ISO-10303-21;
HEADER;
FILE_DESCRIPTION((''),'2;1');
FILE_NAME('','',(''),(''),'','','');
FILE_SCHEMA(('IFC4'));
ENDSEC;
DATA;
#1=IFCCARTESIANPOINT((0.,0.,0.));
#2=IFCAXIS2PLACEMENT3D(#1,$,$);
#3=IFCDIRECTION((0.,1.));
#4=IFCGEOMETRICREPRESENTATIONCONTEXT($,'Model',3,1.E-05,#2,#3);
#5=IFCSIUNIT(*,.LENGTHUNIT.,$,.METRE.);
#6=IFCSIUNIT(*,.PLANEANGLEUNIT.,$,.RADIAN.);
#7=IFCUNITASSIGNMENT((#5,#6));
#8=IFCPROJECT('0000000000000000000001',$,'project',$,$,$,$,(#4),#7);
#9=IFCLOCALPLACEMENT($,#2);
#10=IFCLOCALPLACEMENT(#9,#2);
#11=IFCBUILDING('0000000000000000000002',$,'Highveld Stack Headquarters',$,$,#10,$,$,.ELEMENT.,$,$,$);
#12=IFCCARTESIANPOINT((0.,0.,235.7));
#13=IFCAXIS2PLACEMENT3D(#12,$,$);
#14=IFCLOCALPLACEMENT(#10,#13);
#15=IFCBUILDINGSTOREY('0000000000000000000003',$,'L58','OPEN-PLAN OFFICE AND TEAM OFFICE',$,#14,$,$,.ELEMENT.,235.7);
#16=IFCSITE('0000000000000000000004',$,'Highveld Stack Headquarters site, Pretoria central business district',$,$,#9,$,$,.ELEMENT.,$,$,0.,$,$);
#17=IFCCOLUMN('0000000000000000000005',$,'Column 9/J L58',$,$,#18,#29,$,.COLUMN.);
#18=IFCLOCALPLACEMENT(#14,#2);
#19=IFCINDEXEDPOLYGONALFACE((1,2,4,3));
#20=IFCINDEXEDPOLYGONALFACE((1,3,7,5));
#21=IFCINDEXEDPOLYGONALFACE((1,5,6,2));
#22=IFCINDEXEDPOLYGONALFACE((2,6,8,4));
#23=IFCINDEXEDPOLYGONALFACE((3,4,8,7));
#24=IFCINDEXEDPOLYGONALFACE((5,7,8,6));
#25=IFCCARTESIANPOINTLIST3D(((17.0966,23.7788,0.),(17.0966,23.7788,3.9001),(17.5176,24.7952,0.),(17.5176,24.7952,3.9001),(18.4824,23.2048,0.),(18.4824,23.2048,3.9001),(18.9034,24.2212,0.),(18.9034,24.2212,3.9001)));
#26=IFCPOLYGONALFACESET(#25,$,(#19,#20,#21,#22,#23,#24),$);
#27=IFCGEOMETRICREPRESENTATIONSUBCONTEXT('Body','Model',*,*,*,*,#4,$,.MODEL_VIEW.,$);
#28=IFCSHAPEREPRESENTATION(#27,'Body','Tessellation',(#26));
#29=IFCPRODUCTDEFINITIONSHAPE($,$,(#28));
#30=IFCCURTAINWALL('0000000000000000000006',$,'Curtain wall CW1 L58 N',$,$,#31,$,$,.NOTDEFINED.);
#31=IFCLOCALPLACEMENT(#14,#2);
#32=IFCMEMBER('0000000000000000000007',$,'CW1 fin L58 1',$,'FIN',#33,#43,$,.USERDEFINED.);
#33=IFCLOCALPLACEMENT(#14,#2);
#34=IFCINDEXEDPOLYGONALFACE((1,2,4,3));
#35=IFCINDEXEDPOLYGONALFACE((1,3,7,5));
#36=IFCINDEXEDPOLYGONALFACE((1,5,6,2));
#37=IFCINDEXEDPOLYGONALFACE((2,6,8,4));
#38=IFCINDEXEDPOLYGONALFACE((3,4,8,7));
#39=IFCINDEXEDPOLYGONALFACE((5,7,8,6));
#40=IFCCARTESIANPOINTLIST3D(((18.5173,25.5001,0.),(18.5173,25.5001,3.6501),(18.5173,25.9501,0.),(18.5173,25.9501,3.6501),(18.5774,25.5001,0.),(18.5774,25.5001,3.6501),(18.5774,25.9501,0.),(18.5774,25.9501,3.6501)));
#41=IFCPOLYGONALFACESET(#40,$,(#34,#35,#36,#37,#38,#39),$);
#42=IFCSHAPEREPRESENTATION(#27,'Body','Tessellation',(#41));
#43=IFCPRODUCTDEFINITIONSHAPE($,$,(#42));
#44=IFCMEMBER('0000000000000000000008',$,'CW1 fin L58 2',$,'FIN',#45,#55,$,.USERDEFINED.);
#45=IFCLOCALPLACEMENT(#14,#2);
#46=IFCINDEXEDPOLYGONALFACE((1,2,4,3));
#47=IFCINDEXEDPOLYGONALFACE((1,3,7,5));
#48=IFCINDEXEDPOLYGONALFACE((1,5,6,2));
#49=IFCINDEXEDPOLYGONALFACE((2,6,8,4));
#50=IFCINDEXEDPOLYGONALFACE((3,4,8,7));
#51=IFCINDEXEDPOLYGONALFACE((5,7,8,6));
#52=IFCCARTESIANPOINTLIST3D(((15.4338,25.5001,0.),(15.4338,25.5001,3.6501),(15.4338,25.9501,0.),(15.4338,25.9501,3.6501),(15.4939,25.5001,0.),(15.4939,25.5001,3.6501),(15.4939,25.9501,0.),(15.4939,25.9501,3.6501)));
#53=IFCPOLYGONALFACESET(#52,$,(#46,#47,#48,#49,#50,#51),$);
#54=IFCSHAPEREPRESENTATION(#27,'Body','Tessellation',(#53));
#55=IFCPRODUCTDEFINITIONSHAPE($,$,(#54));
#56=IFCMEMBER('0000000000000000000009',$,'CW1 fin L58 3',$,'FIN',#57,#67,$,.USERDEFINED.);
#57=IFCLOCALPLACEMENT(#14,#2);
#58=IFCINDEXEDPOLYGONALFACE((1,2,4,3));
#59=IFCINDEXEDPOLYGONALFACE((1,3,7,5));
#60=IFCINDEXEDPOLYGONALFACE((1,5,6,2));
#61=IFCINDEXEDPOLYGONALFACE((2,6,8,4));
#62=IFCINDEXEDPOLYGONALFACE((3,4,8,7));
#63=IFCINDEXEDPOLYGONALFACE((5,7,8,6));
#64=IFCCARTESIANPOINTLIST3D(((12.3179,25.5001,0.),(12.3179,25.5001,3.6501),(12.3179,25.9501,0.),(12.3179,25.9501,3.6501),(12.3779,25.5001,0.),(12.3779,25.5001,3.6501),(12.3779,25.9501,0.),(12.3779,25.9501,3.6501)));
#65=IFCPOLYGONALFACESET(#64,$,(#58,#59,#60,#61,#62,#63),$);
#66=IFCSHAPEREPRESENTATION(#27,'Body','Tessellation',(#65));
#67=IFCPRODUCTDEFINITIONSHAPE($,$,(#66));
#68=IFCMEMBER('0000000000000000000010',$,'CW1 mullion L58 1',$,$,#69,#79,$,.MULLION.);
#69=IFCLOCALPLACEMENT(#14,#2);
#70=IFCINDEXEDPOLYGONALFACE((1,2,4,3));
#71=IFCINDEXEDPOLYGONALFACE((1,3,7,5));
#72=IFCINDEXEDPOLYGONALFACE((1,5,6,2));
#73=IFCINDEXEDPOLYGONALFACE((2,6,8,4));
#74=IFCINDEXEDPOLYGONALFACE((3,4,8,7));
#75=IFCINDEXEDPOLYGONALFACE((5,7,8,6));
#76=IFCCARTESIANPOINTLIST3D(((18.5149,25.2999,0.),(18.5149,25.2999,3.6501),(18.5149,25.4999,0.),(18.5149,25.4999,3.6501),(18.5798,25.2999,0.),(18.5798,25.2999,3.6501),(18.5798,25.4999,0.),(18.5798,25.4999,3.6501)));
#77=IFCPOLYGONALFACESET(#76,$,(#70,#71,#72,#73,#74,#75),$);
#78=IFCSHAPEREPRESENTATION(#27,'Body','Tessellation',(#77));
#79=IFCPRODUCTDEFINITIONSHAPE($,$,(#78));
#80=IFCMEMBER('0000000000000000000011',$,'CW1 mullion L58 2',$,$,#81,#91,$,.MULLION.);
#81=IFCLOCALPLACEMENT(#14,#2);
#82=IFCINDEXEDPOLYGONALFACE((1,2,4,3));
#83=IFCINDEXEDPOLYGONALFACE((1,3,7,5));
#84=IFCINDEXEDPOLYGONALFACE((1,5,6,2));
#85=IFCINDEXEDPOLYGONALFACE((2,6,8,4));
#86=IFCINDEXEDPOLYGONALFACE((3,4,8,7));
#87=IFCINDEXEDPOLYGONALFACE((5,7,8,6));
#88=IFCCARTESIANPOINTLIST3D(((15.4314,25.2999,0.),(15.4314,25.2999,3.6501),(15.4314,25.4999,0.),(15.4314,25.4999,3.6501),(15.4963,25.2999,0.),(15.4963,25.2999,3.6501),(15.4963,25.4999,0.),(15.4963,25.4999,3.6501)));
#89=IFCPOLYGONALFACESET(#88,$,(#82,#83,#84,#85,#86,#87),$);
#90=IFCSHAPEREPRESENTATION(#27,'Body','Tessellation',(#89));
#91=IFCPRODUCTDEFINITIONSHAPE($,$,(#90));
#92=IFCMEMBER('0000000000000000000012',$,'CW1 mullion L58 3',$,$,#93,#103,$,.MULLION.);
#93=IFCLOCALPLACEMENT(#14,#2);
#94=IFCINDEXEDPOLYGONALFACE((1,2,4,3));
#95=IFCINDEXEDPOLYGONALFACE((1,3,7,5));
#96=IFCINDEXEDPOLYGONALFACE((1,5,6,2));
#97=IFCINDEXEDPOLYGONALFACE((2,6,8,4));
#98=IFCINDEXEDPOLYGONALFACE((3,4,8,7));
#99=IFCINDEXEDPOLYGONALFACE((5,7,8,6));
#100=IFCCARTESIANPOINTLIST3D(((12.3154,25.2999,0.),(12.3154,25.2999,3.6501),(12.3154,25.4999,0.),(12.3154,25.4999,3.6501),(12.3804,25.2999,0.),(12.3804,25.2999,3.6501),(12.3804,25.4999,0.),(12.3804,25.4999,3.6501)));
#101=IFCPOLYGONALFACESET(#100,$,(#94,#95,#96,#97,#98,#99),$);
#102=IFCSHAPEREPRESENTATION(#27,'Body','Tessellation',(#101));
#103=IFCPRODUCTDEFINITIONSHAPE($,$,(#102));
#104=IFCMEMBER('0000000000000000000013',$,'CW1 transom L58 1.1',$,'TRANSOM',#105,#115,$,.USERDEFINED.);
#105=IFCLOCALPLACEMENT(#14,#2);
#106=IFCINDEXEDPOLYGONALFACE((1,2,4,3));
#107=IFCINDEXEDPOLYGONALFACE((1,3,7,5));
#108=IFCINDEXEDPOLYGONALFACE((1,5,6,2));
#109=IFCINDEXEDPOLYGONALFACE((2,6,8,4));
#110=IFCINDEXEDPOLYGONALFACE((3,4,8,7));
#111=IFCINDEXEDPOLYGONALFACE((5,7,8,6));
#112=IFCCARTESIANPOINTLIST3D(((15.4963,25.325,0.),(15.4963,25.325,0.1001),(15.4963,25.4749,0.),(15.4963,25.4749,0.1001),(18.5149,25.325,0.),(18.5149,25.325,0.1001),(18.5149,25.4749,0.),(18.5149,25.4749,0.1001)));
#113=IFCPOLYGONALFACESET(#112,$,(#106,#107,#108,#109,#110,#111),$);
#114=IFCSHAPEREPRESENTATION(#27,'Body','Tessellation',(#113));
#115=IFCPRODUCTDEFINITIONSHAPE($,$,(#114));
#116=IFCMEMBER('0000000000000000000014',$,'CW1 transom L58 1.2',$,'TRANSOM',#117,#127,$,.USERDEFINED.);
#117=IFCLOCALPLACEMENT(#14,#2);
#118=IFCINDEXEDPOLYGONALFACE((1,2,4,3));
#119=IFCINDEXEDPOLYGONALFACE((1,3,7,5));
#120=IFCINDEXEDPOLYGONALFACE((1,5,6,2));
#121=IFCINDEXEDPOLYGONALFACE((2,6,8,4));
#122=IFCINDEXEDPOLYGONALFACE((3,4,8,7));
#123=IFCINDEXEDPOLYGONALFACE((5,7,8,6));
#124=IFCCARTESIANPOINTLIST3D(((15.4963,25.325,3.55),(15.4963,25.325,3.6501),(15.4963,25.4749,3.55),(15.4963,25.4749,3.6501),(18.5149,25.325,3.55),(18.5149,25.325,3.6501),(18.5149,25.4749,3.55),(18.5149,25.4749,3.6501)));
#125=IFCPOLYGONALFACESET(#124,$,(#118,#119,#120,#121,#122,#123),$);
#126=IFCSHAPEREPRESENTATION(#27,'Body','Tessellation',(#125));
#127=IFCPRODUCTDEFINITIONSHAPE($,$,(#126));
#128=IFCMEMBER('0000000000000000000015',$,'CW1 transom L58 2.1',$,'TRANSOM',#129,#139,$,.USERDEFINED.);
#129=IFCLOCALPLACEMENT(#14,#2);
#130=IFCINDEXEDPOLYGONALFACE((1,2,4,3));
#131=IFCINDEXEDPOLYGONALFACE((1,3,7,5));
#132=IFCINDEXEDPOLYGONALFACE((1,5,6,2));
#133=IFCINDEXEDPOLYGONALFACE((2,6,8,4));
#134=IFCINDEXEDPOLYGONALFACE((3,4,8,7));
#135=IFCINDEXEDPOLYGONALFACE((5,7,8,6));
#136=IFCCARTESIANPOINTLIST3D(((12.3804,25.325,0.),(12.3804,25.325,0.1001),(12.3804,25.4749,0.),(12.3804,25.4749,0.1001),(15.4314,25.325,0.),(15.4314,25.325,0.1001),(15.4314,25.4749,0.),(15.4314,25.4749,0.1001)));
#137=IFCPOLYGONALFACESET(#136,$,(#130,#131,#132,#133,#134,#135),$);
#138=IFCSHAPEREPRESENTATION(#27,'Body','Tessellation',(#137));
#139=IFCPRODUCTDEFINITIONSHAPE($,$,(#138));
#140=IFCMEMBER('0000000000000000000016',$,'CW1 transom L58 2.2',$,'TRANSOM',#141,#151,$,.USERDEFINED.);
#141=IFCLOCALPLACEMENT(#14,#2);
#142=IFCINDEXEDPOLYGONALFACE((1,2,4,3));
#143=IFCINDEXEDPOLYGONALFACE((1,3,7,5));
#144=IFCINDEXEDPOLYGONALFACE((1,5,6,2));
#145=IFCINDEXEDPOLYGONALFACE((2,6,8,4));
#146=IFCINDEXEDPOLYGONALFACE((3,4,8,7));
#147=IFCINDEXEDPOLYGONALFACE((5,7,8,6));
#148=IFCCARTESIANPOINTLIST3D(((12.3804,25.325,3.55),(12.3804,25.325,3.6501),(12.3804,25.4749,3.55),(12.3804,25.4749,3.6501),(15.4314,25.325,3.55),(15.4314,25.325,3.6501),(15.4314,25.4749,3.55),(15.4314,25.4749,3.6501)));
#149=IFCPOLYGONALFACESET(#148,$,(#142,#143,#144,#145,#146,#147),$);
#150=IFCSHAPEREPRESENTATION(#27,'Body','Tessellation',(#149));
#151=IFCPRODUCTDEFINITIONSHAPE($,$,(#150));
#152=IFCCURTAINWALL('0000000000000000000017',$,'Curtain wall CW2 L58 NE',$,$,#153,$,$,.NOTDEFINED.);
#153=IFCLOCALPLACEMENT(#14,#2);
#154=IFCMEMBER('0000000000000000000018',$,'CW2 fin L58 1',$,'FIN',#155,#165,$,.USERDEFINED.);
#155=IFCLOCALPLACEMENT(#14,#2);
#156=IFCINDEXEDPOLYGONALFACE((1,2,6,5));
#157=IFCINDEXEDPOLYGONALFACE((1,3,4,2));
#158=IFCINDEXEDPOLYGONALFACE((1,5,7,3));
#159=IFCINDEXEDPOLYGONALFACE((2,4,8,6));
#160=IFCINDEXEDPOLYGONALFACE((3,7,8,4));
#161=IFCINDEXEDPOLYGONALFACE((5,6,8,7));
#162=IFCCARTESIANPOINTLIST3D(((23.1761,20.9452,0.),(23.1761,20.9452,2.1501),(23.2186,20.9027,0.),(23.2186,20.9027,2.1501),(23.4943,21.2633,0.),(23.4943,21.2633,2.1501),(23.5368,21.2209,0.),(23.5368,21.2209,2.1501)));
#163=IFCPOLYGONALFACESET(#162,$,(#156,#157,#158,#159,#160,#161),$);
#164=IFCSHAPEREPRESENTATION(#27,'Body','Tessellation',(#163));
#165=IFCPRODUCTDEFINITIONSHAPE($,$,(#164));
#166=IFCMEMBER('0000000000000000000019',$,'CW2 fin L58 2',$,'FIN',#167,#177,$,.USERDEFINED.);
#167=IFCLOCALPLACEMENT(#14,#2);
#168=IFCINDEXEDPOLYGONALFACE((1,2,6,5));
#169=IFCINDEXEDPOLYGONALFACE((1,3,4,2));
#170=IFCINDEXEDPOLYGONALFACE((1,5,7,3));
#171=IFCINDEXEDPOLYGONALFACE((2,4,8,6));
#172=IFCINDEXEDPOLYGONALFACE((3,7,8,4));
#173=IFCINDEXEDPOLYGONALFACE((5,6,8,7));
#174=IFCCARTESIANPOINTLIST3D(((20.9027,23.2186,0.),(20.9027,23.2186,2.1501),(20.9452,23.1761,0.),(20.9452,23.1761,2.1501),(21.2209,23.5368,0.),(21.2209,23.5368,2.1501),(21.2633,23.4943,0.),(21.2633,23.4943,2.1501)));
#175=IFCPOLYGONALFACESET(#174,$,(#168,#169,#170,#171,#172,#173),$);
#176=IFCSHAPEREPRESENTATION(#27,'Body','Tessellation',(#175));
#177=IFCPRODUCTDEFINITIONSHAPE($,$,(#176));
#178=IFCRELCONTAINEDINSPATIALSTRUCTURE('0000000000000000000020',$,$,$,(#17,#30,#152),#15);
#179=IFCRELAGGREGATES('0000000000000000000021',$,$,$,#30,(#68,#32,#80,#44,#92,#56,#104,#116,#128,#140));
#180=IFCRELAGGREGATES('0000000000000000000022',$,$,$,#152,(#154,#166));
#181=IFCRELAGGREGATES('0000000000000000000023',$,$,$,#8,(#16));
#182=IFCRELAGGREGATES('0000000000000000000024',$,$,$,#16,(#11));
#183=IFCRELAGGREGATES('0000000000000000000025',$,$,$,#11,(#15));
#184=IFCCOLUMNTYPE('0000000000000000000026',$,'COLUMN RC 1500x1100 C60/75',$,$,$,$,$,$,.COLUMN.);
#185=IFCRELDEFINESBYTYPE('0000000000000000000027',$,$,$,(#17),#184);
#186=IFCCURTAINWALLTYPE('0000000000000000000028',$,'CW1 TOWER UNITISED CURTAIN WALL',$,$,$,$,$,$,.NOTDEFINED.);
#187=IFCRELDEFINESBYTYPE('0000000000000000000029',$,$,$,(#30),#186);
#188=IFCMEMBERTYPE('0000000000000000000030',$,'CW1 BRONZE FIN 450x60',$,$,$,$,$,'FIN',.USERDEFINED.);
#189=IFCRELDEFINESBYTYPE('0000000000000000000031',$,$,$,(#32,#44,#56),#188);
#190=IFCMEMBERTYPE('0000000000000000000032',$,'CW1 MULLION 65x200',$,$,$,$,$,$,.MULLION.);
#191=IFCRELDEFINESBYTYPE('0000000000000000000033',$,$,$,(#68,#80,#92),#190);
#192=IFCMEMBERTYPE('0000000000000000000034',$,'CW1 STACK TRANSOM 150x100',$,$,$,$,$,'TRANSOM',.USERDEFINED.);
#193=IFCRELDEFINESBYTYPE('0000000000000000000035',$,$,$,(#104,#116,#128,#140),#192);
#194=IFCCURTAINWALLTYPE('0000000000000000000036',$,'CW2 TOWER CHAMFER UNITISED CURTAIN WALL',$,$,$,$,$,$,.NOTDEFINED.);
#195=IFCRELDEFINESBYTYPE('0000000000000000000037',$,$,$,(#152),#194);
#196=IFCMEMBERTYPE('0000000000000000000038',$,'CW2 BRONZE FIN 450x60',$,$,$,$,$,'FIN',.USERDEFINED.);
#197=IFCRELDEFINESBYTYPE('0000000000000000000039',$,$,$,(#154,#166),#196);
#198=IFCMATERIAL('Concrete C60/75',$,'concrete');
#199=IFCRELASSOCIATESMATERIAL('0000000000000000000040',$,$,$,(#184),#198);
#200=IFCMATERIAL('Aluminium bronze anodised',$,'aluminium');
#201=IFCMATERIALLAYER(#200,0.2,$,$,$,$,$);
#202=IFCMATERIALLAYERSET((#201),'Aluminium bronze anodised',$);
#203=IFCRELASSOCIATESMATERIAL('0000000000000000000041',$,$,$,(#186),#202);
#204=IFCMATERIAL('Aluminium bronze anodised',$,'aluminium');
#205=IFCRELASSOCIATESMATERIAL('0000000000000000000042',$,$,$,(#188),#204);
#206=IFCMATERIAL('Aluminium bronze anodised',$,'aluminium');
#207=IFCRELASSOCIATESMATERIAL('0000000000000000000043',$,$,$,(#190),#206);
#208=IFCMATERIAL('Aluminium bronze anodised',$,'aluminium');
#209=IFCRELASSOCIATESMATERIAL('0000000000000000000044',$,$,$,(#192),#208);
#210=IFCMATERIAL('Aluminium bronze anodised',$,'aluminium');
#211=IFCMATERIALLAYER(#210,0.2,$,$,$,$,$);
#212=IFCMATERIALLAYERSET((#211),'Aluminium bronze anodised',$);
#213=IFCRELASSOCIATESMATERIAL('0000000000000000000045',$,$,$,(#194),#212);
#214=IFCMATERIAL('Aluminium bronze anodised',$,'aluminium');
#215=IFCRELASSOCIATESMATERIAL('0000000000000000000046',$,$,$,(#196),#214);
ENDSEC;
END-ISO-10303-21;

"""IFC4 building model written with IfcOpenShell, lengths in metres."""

from ifc_helpers import new_model, si_unit, direction, frame, origin, origin_2d, place, context, subcontext, project, spatial, rectangle, extrude, material, layer, layer_set, material_profile, profile_set, type_object, element, aggregate, save


model = new_model("IFC4")

# Units and contexts
model_context = context("Model", 3, precision=1e-05, world=origin(), true_north=direction((0.0, 1.0)))
body_context = subcontext(model_context, "Body", "Model", "MODEL_VIEW")
ifc_project = project(units=[si_unit("LENGTHUNIT", "METRE"), si_unit("PLANEANGLEUNIT", "RADIAN")], contexts=[model_context])

# Site, building, storey
site_placement = place(None, origin())
site = spatial("IfcSite", under=ifc_project, at=site_placement, Name="Highveld Stack Headquarters site, Pretoria central business district", CompositionType="ELEMENT", RefElevation=0.0)
building_placement = place(site_placement, origin())
building = spatial("IfcBuilding", under=site, at=building_placement, Name="Highveld Stack Headquarters", CompositionType="ELEMENT")
storey_placement = place(building_placement, frame((0.0, 0.0, 235.7)))
storey = spatial("IfcBuildingStorey", under=building, at=storey_placement, Name="L58", Description="OPEN-PLAN OFFICE AND TEAM OFFICE", CompositionType="ELEMENT", Elevation=235.7)

# Column
ifc_material_1 = material(Name="Concrete C60/75", Category="concrete")
ifc_material_profile_1 = material_profile(ifc_material_1, rectangle(XDim=1.5, YDim=1.1001, at=origin_2d()), Name="RC 1500x1100")
ifc_profile_set_1 = profile_set([ifc_material_profile_1], Name="Concrete C60/75")
column_type = type_object("IfcColumnType", Name="COLUMN RC 1500x1100 C60/75", PredefinedType="COLUMN", material=ifc_profile_set_1)
column_placement = place(storey_placement, frame((18.0, 24.0, 0.0), z_axis=(0.0, 0.0, 1.0), x_axis=(0.92388, -0.382683, 0.0)))
element("IfcColumn", 1, at=column_placement, inside=storey, type_object=column_type, Name="Column 9/J L58", PredefinedType="COLUMN", context=body_context, shape_type="SweptSolid", body=[
    extrude(rectangle(XDim=1.5, YDim=1.1001, at=origin_2d()), origin(), (0.0, 0.0, 1.0), 3.9001),
])

# Curtain walls, members
ifc_material_2 = material(Name="Aluminium bronze anodised", Category="aluminium")
ifc_layer_1 = layer(ifc_material_2, 0.2)
ifc_layer_set_1 = layer_set([ifc_layer_1], Name="Aluminium bronze anodised")
curtain_wall_type_1 = type_object("IfcCurtainWallType", Name="CW1 TOWER UNITISED CURTAIN WALL", PredefinedType="NOTDEFINED", material=ifc_layer_set_1)
curtain_wall_1_placement = place(storey_placement, origin())
curtain_wall_1 = element("IfcCurtainWall", 2, at=curtain_wall_1_placement, inside=storey, type_object=curtain_wall_type_1, Name="Curtain wall CW1 L58 N", PredefinedType="NOTDEFINED")
ifc_material_3 = material(Name="Aluminium bronze anodised", Category="aluminium")
ifc_material_profile_2 = material_profile(ifc_material_3, rectangle(XDim=0.45, YDim=0.0601, at=origin_2d()), Name="FIN 450x60")
ifc_profile_set_2 = profile_set([ifc_material_profile_2], Name="Aluminium bronze anodised")
member_type_1 = type_object("IfcMemberType", Name="CW1 BRONZE FIN 450x60", ElementType="FIN", PredefinedType="USERDEFINED", material=ifc_profile_set_2)
member_1_placement = place(storey_placement, frame((18.5474, 25.7251, 0.0), z_axis=(0.0, 0.0, 1.0), x_axis=(0.0, -1.0, 0.0)))
member_1 = element("IfcMember", 3, at=member_1_placement, type_object=member_type_1, Name="CW1 fin L58 1", ObjectType="FIN", PredefinedType="USERDEFINED", context=body_context, shape_type="SweptSolid", body=[
    extrude(rectangle(XDim=0.45, YDim=0.0601, at=origin_2d()), origin(), (0.0, 0.0, 1.0), 3.6501),
])
member_2_placement = place(storey_placement, frame((15.4639, 25.7251, 0.0), z_axis=(0.0, 0.0, 1.0), x_axis=(0.0, -1.0, 0.0)))
member_2 = element("IfcMember", 4, at=member_2_placement, type_object=member_type_1, Name="CW1 fin L58 2", ObjectType="FIN", PredefinedType="USERDEFINED", context=body_context, shape_type="SweptSolid", body=[
    extrude(rectangle(XDim=0.45, YDim=0.0601, at=origin_2d()), origin(), (0.0, 0.0, 1.0), 3.6501),
])
member_3_placement = place(storey_placement, frame((12.3479, 25.7251, 0.0), z_axis=(0.0, 0.0, 1.0), x_axis=(0.0, -1.0, 0.0)))
member_3 = element("IfcMember", 5, at=member_3_placement, type_object=member_type_1, Name="CW1 fin L58 3", ObjectType="FIN", PredefinedType="USERDEFINED", context=body_context, shape_type="SweptSolid", body=[
    extrude(rectangle(XDim=0.45, YDim=0.0601, at=origin_2d()), origin(), (0.0, 0.0, 1.0), 3.6501),
])
ifc_material_4 = material(Name="Aluminium bronze anodised", Category="aluminium")
ifc_material_profile_3 = material_profile(ifc_material_4, rectangle(XDim=0.2, YDim=0.0649, at=origin_2d()), Name="CW1 MULLION 65x200")
ifc_profile_set_3 = profile_set([ifc_material_profile_3], Name="Aluminium bronze anodised")
member_type_2 = type_object("IfcMemberType", Name="CW1 MULLION 65x200", PredefinedType="MULLION", material=ifc_profile_set_3)
member_4_placement = place(storey_placement, frame((18.5474, 25.3999, 0.0), z_axis=(0.0, 0.0, 1.0), x_axis=(0.0, -1.0, 0.0)))
member_4 = element("IfcMember", 6, at=member_4_placement, type_object=member_type_2, Name="CW1 mullion L58 1", PredefinedType="MULLION", context=body_context, shape_type="SweptSolid", body=[
    extrude(rectangle(XDim=0.2, YDim=0.0649, at=origin_2d()), origin(), (0.0, 0.0, 1.0), 3.6501),
])
member_5_placement = place(storey_placement, frame((15.4639, 25.3999, 0.0), z_axis=(0.0, 0.0, 1.0), x_axis=(0.0, -1.0, 0.0)))
member_5 = element("IfcMember", 7, at=member_5_placement, type_object=member_type_2, Name="CW1 mullion L58 2", PredefinedType="MULLION", context=body_context, shape_type="SweptSolid", body=[
    extrude(rectangle(XDim=0.2, YDim=0.0649, at=origin_2d()), origin(), (0.0, 0.0, 1.0), 3.6501),
])
member_6_placement = place(storey_placement, frame((12.3479, 25.3999, 0.0), z_axis=(0.0, 0.0, 1.0), x_axis=(0.0, -1.0, 0.0)))
member_6 = element("IfcMember", 8, at=member_6_placement, type_object=member_type_2, Name="CW1 mullion L58 3", PredefinedType="MULLION", context=body_context, shape_type="SweptSolid", body=[
    extrude(rectangle(XDim=0.2, YDim=0.0649, at=origin_2d()), origin(), (0.0, 0.0, 1.0), 3.6501),
])
ifc_material_5 = material(Name="Aluminium bronze anodised", Category="aluminium")
ifc_material_profile_4 = material_profile(ifc_material_5, rectangle(XDim=0.1499, YDim=0.1001, at=origin_2d()), Name="CW1 TRANSOM 150x100")
ifc_profile_set_4 = profile_set([ifc_material_profile_4], Name="Aluminium bronze anodised")
member_type_3 = type_object("IfcMemberType", Name="CW1 STACK TRANSOM 150x100", ElementType="TRANSOM", PredefinedType="USERDEFINED", material=ifc_profile_set_4)
member_7_placement = place(storey_placement, frame((18.5149, 25.3999, 0.05), z_axis=(-1.0, 0.0, 0.0), x_axis=(0.0, -1.0, 0.0)))
member_7 = element("IfcMember", 9, at=member_7_placement, type_object=member_type_3, Name="CW1 transom L58 1.1", ObjectType="TRANSOM", PredefinedType="USERDEFINED", context=body_context, shape_type="SweptSolid", body=[
    extrude(rectangle(XDim=0.1499, YDim=0.1001, at=origin_2d()), origin(), (0.0, 0.0, 1.0), 3.0186),
])
member_8_placement = place(storey_placement, frame((18.5149, 25.3999, 3.6001), z_axis=(-1.0, 0.0, 0.0), x_axis=(0.0, -1.0, 0.0)))
member_8 = element("IfcMember", 10, at=member_8_placement, type_object=member_type_3, Name="CW1 transom L58 1.2", ObjectType="TRANSOM", PredefinedType="USERDEFINED", context=body_context, shape_type="SweptSolid", body=[
    extrude(rectangle(XDim=0.1499, YDim=0.1001, at=origin_2d()), origin(), (0.0, 0.0, 1.0), 3.0186),
])
member_9_placement = place(storey_placement, frame((15.4314, 25.3999, 0.05), z_axis=(-1.0, 0.0, 0.0), x_axis=(0.0, -1.0, 0.0)))
member_9 = element("IfcMember", 11, at=member_9_placement, type_object=member_type_3, Name="CW1 transom L58 2.1", ObjectType="TRANSOM", PredefinedType="USERDEFINED", context=body_context, shape_type="SweptSolid", body=[
    extrude(rectangle(XDim=0.1499, YDim=0.1001, at=origin_2d()), origin(), (0.0, 0.0, 1.0), 3.051),
])
member_10_placement = place(storey_placement, frame((15.4314, 25.3999, 3.6001), z_axis=(-1.0, 0.0, 0.0), x_axis=(0.0, -1.0, 0.0)))
member_10 = element("IfcMember", 12, at=member_10_placement, type_object=member_type_3, Name="CW1 transom L58 2.2", ObjectType="TRANSOM", PredefinedType="USERDEFINED", context=body_context, shape_type="SweptSolid", body=[
    extrude(rectangle(XDim=0.1499, YDim=0.1001, at=origin_2d()), origin(), (0.0, 0.0, 1.0), 3.051),
])
ifc_material_6 = material(Name="Aluminium bronze anodised", Category="aluminium")
ifc_layer_2 = layer(ifc_material_6, 0.2)
ifc_layer_set_2 = layer_set([ifc_layer_2], Name="Aluminium bronze anodised")
curtain_wall_type_2 = type_object("IfcCurtainWallType", Name="CW2 TOWER CHAMFER UNITISED CURTAIN WALL", PredefinedType="NOTDEFINED", material=ifc_layer_set_2)
curtain_wall_2_placement = place(storey_placement, origin())
curtain_wall_2 = element("IfcCurtainWall", 13, at=curtain_wall_2_placement, inside=storey, type_object=curtain_wall_type_2, Name="Curtain wall CW2 L58 NE", PredefinedType="NOTDEFINED")
ifc_material_7 = material(Name="Aluminium bronze anodised", Category="aluminium")
ifc_material_profile_5 = material_profile(ifc_material_7, rectangle(XDim=0.45, YDim=0.0601, at=origin_2d()), Name="FIN 450x60")
ifc_profile_set_5 = profile_set([ifc_material_profile_5], Name="Aluminium bronze anodised")
member_type_4 = type_object("IfcMemberType", Name="CW2 BRONZE FIN 450x60", ElementType="FIN", PredefinedType="USERDEFINED", material=ifc_profile_set_5)
member_11_placement = place(storey_placement, frame((23.3564, 21.083, 0.0), z_axis=(0.0, 0.0, 1.0), x_axis=(-0.707107, -0.707107, 0.0)))
member_11 = element("IfcMember", 14, at=member_11_placement, type_object=member_type_4, Name="CW2 fin L58 1", ObjectType="FIN", PredefinedType="USERDEFINED", context=body_context, shape_type="SweptSolid", body=[
    extrude(rectangle(XDim=0.45, YDim=0.0601, at=origin_2d()), origin(), (0.0, 0.0, 1.0), 2.1501),
])
member_12_placement = place(storey_placement, frame((21.083, 23.3564, 0.0), z_axis=(0.0, 0.0, 1.0), x_axis=(-0.707107, -0.707107, 0.0)))
member_12 = element("IfcMember", 15, at=member_12_placement, type_object=member_type_4, Name="CW2 fin L58 2", ObjectType="FIN", PredefinedType="USERDEFINED", context=body_context, shape_type="SweptSolid", body=[
    extrude(rectangle(XDim=0.45, YDim=0.0601, at=origin_2d()), origin(), (0.0, 0.0, 1.0), 2.1501),
])

aggregate(curtain_wall_1, [member_4, member_1, member_5, member_2, member_6, member_3, member_7, member_8, member_9, member_10])
aggregate(curtain_wall_2, [member_11, member_12])

save(model, "model.ifc")
